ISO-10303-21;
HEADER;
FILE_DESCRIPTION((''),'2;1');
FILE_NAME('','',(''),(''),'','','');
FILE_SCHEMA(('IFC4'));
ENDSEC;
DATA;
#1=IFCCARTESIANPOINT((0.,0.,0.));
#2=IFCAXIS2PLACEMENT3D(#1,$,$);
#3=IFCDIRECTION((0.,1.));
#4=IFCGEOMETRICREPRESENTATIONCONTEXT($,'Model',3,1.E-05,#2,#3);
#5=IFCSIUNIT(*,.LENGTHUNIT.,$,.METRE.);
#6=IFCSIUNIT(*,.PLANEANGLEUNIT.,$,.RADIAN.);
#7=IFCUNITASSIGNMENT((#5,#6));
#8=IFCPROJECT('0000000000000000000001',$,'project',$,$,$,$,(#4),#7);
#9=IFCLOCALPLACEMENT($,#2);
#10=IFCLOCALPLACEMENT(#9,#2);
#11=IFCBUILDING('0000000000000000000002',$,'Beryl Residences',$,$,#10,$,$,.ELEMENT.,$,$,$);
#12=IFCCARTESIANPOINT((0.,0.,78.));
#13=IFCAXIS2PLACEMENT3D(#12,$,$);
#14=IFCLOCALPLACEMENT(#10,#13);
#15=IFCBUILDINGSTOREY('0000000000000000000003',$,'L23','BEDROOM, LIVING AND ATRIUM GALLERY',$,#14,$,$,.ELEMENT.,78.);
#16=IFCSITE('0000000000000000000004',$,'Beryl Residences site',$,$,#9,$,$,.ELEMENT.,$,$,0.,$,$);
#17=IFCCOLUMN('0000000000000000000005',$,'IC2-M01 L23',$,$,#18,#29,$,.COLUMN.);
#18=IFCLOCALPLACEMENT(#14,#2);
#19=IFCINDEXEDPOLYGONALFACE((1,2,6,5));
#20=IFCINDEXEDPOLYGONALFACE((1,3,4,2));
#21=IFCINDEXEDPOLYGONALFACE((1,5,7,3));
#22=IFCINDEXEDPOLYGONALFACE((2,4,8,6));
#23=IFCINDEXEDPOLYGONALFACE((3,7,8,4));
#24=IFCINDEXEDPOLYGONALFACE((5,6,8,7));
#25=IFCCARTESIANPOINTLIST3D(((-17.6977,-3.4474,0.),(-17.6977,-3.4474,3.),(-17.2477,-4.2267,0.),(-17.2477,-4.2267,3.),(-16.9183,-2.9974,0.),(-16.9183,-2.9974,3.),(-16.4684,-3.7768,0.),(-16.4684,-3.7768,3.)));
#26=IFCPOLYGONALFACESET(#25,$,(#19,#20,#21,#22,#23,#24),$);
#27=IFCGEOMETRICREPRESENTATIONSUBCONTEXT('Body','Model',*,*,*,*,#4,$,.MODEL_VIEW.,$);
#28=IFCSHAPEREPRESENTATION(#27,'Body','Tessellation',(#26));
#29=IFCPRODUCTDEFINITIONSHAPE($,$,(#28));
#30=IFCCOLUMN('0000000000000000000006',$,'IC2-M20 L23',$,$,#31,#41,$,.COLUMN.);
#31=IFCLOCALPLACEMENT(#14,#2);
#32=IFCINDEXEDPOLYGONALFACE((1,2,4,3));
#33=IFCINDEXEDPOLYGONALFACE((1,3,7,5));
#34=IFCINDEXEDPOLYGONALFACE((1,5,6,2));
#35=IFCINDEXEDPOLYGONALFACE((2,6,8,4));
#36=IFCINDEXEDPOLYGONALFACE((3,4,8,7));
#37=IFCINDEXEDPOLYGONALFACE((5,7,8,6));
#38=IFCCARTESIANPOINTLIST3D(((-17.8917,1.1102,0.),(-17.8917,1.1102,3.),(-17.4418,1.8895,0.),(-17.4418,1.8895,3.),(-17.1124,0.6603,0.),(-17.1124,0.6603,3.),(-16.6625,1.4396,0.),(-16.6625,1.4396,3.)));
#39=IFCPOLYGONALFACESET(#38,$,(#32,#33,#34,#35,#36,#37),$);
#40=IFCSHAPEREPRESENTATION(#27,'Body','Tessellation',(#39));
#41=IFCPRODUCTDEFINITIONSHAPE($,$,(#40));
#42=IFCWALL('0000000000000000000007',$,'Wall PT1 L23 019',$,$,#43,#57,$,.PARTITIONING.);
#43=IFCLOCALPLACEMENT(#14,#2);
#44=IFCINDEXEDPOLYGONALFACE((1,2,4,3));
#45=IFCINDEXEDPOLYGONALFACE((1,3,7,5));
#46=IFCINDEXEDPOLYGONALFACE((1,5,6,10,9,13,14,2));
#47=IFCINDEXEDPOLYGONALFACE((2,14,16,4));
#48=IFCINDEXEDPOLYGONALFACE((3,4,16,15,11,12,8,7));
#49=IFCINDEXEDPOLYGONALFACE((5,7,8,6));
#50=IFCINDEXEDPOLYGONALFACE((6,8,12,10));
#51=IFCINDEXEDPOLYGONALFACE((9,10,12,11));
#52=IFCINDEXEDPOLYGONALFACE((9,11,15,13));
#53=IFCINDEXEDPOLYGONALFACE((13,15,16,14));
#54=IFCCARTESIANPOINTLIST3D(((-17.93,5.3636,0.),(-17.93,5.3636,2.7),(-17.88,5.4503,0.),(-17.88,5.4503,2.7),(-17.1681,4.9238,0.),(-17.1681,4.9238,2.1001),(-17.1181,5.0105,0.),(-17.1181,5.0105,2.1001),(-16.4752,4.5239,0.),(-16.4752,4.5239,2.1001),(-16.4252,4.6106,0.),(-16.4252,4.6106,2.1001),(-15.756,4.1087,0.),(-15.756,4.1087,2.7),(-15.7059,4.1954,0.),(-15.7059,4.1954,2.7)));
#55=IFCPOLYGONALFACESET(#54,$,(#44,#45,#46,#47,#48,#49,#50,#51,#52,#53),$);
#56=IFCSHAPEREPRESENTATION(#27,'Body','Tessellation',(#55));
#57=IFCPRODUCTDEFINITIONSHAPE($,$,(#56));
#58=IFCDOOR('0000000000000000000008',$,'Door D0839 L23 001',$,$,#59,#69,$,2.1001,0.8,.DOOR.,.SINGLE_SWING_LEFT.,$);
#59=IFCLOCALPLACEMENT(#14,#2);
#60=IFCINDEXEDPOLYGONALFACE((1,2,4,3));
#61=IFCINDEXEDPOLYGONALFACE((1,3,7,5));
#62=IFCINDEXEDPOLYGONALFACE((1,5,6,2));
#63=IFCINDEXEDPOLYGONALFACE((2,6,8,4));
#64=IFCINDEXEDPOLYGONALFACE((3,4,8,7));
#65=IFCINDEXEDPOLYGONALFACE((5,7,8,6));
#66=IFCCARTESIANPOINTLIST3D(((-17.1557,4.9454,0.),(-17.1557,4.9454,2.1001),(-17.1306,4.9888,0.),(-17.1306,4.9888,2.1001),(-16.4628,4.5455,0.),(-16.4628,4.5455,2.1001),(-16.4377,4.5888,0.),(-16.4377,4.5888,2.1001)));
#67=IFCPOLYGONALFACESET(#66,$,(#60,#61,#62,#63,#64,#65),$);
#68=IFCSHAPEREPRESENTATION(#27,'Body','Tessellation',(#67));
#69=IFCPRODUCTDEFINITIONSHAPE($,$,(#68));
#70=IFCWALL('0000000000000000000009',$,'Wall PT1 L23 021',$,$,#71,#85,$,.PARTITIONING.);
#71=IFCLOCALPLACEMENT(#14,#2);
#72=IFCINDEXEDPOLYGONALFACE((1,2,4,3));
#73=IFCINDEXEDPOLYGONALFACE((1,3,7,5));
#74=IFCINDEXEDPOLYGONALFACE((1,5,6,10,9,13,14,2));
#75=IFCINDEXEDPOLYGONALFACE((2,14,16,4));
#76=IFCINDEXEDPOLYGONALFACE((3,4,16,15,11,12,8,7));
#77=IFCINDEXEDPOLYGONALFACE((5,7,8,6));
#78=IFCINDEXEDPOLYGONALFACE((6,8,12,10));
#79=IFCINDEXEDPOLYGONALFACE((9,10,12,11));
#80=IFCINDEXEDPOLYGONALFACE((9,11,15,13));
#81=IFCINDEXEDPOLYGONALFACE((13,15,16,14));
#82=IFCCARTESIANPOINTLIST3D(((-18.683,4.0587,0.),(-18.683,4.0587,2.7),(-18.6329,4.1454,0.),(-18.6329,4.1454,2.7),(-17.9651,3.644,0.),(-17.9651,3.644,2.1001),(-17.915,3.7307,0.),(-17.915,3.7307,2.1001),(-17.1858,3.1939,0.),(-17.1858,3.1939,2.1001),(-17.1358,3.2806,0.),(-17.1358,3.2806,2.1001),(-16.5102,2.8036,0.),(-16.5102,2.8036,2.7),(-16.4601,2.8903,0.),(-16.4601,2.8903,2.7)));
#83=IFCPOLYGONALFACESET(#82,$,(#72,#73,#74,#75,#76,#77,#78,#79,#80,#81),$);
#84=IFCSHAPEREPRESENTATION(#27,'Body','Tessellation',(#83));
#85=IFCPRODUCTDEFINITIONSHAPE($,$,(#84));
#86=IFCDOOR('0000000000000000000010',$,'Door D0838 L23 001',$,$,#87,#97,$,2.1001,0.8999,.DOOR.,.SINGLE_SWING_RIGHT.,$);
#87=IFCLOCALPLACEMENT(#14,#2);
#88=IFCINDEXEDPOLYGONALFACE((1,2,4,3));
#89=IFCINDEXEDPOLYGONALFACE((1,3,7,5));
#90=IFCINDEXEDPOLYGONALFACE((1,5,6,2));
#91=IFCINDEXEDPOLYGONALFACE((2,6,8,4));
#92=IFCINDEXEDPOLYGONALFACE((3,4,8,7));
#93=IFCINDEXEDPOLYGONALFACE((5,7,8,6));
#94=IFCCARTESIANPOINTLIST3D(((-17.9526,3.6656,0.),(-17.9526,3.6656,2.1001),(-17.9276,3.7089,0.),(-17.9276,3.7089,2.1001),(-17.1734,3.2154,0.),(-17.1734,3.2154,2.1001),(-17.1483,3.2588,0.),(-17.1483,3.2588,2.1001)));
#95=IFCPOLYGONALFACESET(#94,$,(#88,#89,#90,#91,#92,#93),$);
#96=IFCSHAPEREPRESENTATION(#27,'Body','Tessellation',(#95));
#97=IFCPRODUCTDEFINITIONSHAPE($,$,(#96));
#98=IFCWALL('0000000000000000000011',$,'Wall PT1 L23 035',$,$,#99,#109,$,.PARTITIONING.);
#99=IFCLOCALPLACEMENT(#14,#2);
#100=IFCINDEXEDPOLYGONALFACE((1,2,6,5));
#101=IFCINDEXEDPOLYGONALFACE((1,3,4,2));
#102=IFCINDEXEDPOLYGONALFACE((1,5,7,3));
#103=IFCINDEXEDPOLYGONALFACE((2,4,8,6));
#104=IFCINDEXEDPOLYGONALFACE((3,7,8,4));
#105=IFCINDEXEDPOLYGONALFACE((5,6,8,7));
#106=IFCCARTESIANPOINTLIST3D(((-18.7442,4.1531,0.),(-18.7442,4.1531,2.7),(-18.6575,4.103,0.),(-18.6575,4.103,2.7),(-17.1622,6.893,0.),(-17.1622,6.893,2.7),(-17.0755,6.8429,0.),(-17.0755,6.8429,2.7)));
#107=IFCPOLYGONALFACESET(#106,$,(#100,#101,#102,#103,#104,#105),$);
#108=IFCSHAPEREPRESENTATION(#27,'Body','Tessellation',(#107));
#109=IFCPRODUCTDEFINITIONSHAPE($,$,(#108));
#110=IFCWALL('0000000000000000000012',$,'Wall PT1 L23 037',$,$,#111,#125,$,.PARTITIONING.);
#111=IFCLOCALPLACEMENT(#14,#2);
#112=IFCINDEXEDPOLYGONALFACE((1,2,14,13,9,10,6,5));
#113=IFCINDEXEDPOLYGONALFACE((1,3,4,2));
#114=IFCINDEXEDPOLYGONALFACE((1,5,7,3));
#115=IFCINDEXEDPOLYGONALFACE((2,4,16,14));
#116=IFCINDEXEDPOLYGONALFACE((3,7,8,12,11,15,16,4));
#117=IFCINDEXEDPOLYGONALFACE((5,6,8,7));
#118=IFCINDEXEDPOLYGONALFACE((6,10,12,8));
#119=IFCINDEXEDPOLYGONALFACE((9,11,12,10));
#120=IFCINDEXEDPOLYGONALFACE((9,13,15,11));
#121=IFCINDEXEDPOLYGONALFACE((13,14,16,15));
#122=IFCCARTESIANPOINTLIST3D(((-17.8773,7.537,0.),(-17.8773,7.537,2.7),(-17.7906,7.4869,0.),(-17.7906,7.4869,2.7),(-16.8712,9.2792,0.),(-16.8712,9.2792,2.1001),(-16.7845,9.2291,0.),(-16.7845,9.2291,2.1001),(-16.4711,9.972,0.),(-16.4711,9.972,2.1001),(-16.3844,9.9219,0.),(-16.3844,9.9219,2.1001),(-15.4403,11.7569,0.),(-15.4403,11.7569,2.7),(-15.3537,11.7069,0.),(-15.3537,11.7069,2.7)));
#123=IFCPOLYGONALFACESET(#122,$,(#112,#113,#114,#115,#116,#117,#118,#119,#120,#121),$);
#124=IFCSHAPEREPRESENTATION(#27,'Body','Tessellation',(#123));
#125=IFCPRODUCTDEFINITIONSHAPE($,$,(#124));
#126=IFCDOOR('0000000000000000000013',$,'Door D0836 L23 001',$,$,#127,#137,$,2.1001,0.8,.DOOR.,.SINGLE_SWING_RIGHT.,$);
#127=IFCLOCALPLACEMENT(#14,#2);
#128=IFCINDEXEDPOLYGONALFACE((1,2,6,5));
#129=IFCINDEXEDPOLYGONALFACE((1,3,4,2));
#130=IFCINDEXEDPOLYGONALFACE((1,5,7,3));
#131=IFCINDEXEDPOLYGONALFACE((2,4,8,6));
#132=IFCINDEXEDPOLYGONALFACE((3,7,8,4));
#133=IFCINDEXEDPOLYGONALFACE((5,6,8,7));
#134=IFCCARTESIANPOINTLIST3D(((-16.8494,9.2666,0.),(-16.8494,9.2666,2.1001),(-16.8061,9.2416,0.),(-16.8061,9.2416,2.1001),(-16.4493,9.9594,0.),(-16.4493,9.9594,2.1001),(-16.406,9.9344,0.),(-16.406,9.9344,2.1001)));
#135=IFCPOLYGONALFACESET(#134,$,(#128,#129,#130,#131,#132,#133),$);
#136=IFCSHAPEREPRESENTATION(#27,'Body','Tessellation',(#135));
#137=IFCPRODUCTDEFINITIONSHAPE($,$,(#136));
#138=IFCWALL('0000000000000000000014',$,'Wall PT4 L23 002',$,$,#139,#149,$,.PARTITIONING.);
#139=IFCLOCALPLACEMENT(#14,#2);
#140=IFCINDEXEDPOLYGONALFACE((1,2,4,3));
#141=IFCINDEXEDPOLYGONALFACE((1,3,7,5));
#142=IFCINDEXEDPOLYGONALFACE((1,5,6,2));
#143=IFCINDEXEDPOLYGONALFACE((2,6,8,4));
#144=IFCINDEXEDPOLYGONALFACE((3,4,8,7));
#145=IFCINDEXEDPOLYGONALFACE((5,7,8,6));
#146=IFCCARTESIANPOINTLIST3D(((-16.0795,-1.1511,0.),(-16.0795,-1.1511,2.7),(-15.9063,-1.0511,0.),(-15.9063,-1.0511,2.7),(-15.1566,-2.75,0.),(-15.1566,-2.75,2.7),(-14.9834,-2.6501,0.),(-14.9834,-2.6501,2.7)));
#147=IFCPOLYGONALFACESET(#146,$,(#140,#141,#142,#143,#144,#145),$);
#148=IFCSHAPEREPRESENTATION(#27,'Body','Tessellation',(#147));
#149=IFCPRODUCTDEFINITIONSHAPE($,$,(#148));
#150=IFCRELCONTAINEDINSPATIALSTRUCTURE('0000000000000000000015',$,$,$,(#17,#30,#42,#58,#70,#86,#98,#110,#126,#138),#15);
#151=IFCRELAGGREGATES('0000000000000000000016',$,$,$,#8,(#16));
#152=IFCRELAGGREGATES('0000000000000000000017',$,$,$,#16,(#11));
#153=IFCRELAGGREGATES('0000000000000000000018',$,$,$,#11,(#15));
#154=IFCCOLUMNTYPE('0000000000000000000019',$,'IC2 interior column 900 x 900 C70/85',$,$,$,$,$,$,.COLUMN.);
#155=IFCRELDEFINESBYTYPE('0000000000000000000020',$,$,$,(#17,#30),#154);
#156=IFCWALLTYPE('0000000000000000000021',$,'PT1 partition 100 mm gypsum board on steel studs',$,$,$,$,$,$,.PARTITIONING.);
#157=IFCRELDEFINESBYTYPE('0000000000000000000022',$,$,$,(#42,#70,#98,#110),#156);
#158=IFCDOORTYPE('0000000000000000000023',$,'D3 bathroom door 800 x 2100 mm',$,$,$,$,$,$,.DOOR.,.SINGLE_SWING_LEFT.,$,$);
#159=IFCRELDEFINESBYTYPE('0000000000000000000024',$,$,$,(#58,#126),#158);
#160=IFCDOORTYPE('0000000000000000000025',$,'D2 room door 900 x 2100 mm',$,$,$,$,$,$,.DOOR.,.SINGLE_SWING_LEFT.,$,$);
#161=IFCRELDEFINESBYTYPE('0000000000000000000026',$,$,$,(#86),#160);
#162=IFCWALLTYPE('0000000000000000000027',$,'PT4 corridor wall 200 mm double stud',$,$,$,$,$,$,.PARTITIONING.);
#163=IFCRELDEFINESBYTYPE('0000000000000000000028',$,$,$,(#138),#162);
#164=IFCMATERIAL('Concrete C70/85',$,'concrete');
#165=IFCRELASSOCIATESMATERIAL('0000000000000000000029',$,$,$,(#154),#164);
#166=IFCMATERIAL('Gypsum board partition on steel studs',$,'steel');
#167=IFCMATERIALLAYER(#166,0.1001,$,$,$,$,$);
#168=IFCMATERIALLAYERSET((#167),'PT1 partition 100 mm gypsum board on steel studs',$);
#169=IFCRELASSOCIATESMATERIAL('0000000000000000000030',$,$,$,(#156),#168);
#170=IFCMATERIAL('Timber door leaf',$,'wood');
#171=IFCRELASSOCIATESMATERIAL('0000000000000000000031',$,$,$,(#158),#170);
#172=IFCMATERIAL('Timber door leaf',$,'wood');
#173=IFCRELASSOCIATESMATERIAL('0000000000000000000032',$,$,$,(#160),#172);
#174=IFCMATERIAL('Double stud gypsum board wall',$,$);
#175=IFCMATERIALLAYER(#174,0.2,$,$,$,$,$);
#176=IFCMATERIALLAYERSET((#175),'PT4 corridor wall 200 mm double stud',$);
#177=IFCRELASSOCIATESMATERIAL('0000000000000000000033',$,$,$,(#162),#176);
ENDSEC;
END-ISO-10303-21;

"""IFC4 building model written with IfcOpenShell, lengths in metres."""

from ifc_helpers import new_model, si_unit, direction, frame, frame_2d, origin, origin_2d, place, context, subcontext, project, spatial, rectangle, extrude, material, layer, layer_set, material_profile, profile_set, type_object, element, fill, save


model = new_model("IFC4")

# Units and contexts
model_context = context("Model", 3, precision=1e-05, world=origin(), true_north=direction((0.0, 1.0)))
body_context = subcontext(model_context, "Body", "Model", "MODEL_VIEW")
ifc_project = project(units=[si_unit("LENGTHUNIT", "METRE"), si_unit("PLANEANGLEUNIT", "RADIAN")], contexts=[model_context])

# Site, building, storey
site_placement = place(None, origin())
site = spatial("IfcSite", under=ifc_project, at=site_placement, Name="Beryl Residences site", CompositionType="ELEMENT", RefElevation=0.0)
building_placement = place(site_placement, origin())
building = spatial("IfcBuilding", under=site, at=building_placement, Name="Beryl Residences", CompositionType="ELEMENT")
storey_placement = place(building_placement, frame((0.0, 0.0, 78.0)))
storey = spatial("IfcBuildingStorey", under=building, at=storey_placement, Name="L23", Description="BEDROOM, LIVING AND ATRIUM GALLERY", CompositionType="ELEMENT", Elevation=78.0)

# Columns
ifc_material_1 = material(Name="Concrete C70/85", Category="concrete")
ifc_material_profile = material_profile(ifc_material_1, rectangle(XDim=0.8999, YDim=0.8999, at=origin_2d()))
ifc_profile_set = profile_set([ifc_material_profile], Name="Concrete C70/85")
column_type = type_object("IfcColumnType", Name="IC2 interior column 900 x 900 C70/85", PredefinedType="COLUMN", material=ifc_profile_set)
for number, where, z_axis, x_axis, name in (
    (1, (-17.083, -3.6121, 0.0), (0.0, 0.0, 1.0), (0.5, -0.866025, 0.0), "IC2-M01 L23"),
    (2, (-17.2771, 1.2749, 0.0), (0.0, 0.0, 1.0), (-0.5, -0.866025, 0.0), "IC2-M20 L23"),
):
    element("IfcColumn", number, at=place(storey_placement, frame(where, z_axis=z_axis, x_axis=x_axis)), inside=storey, type_object=column_type, Name=name, PredefinedType="COLUMN", context=body_context, shape_type="SweptSolid", body=[
        extrude(rectangle(XDim=0.8999, YDim=0.8999, at=origin_2d()), origin(), (0.0, 0.0, 1.0), 3.0),
    ])

# Walls, openings, doors
ifc_material_2 = material(Name="Gypsum board partition on steel studs", Category="steel")
ifc_layer_1 = layer(ifc_material_2, 0.1001)
ifc_layer_set_1 = layer_set([ifc_layer_1], Name="PT1 partition 100 mm gypsum board on steel studs")
wall_type_1 = type_object("IfcWallType", Name="PT1 partition 100 mm gypsum board on steel studs", PredefinedType="PARTITIONING", material=ifc_layer_set_1)
wall_1_placement = place(storey_placement, frame((-17.905, 5.407, 0.0), z_axis=(0.0, 0.0, 1.0), x_axis=(0.86608, -0.499905, 0.0)))
wall_1 = element("IfcWall", 3, at=wall_1_placement, inside=storey, type_object=wall_type_1, Name="Wall PT1 L23 019", PredefinedType="PARTITIONING", context=body_context, shape_type="SweptSolid", body=[
    extrude(rectangle(XDim=2.5103, YDim=0.1001, at=frame_2d((1.2551, 0.0))), origin(), (0.0, 0.0, 1.0), 2.7),
])
opening_1_placement = place(wall_1_placement, frame((0.8799, 0.0, 0.0)))
opening_1 = element("IfcOpeningElement", 4, at=opening_1_placement, cuts=wall_1, PredefinedType="OPENING", context=body_context, shape_type="SweptSolid", body=[
    extrude(rectangle(XDim=0.8, YDim=2.1001, at=frame_2d((0.3999, 1.05))), frame((0.0, 0.0601, 0.0), z_axis=(0.0, -1.0, 0.0), x_axis=(1.0, 0.0, 0.0)), (0.0, 0.0, 1.0), 0.1201),
])
ifc_material_3 = material(Name="Timber door leaf", Category="wood")
door_type_1 = type_object("IfcDoorType", Name="D3 bathroom door 800 x 2100 mm", OperationType="SINGLE_SWING_LEFT", PredefinedType="DOOR", material=ifc_material_3)
door_1_placement = place(opening_1_placement, origin())
door_1 = element("IfcDoor", 5, at=door_1_placement, inside=storey, type_object=door_type_1, Name="Door D0839 L23 001", OperationType="SINGLE_SWING_LEFT", OverallHeight=2.1001, OverallWidth=0.8, PredefinedType="DOOR", context=body_context, shape_type="SweptSolid", body=[
    extrude(rectangle(XDim=0.8, YDim=2.1001, at=frame_2d((0.3999, 1.05))), frame((0.0, 0.0249, 0.0), z_axis=(0.0, -1.0, 0.0), x_axis=(1.0, 0.0, 0.0)), (0.0, 0.0, 1.0), 0.05),
])
fill(opening_1, door_1)
wall_2_placement = place(storey_placement, frame((-18.658, 4.1021, 0.0), z_axis=(0.0, 0.0, 1.0), x_axis=(0.865917, -0.500188, 0.0)))
wall_2 = element("IfcWall", 6, at=wall_2_placement, inside=storey, type_object=wall_type_1, Name="Wall PT1 L23 021", PredefinedType="PARTITIONING", context=body_context, shape_type="SweptSolid", body=[
    extrude(rectangle(XDim=2.5093, YDim=0.1001, at=frame_2d((1.2546, 0.0))), origin(), (0.0, 0.0, 1.0), 2.7),
])
opening_2_placement = place(wall_2_placement, frame((0.8291, 0.0, 0.0)))
opening_2 = element("IfcOpeningElement", 7, at=opening_2_placement, cuts=wall_2, PredefinedType="OPENING", context=body_context, shape_type="SweptSolid", body=[
    extrude(rectangle(XDim=0.8999, YDim=2.1001, at=frame_2d((0.45, 1.05))), frame((0.0, 0.0601, 0.0), z_axis=(0.0, -1.0, 0.0), x_axis=(1.0, 0.0, 0.0)), (0.0, 0.0, 1.0), 0.1201),
])
ifc_material_4 = material(Name="Timber door leaf", Category="wood")
door_type_2 = type_object("IfcDoorType", Name="D2 room door 900 x 2100 mm", OperationType="SINGLE_SWING_LEFT", PredefinedType="DOOR", material=ifc_material_4)
door_2_placement = place(opening_2_placement, origin())
door_2 = element("IfcDoor", 8, at=door_2_placement, inside=storey, type_object=door_type_2, Name="Door D0838 L23 001", OperationType="SINGLE_SWING_RIGHT", OverallHeight=2.1001, OverallWidth=0.8999, PredefinedType="DOOR", context=body_context, shape_type="SweptSolid", body=[
    extrude(rectangle(XDim=0.8999, YDim=2.1001, at=frame_2d((0.45, 1.05))), frame((0.0, 0.0249, 0.0), z_axis=(0.0, -1.0, 0.0), x_axis=(1.0, 0.0, 0.0)), (0.0, 0.0, 1.0), 0.05),
])
fill(opening_2, door_2)

# Wall
wall_3_placement = place(storey_placement, frame((-18.7009, 4.1279, 0.0), z_axis=(0.0, 0.0, 1.0), x_axis=(0.500023, 0.866012, 0.0)))
element("IfcWall", 9, at=wall_3_placement, inside=storey, type_object=wall_type_1, Name="Wall PT1 L23 035", PredefinedType="PARTITIONING", context=body_context, shape_type="SweptSolid", body=[
    extrude(rectangle(XDim=3.1638, YDim=0.1001, at=frame_2d((1.582, 0.0))), origin(), (0.0, 0.0, 1.0), 2.7),
])

# Wall, opening, door
wall_4_placement = place(storey_placement, frame((-17.834, 7.512, 0.0), z_axis=(0.0, 0.0, 1.0), x_axis=(0.500094, 0.865971, 0.0)))
wall_4 = element("IfcWall", 10, at=wall_4_placement, inside=storey, type_object=wall_type_1, Name="Wall PT1 L23 037", PredefinedType="PARTITIONING", context=body_context, shape_type="SweptSolid", body=[
    extrude(rectangle(XDim=4.873, YDim=0.1001, at=frame_2d((2.4365, 0.0))), origin(), (0.0, 0.0, 1.0), 2.7),
])
opening_3_placement = place(wall_4_placement, frame((2.012, 0.0, 0.0)))
opening_3 = element("IfcOpeningElement", 11, at=opening_3_placement, cuts=wall_4, PredefinedType="OPENING", context=body_context, shape_type="SweptSolid", body=[
    extrude(rectangle(XDim=0.8, YDim=2.1001, at=frame_2d((0.3999, 1.05))), frame((0.0, 0.0601, 0.0), z_axis=(0.0, -1.0, 0.0), x_axis=(1.0, 0.0, 0.0)), (0.0, 0.0, 1.0), 0.1201),
])
door_3_placement = place(opening_3_placement, origin())
door_3 = element("IfcDoor", 12, at=door_3_placement, inside=storey, type_object=door_type_1, Name="Door D0836 L23 001", OperationType="SINGLE_SWING_RIGHT", OverallHeight=2.1001, OverallWidth=0.8, PredefinedType="DOOR", context=body_context, shape_type="SweptSolid", body=[
    extrude(rectangle(XDim=0.8, YDim=2.1001, at=frame_2d((0.3999, 1.05))), frame((0.0, 0.0249, 0.0), z_axis=(0.0, -1.0, 0.0), x_axis=(1.0, 0.0, 0.0)), (0.0, 0.0, 1.0), 0.05),
])
fill(opening_3, door_3)

# Wall
ifc_material_5 = material(Name="Double stud gypsum board wall")
ifc_layer_2 = layer(ifc_material_5, 0.2)
ifc_layer_set_2 = layer_set([ifc_layer_2], Name="PT4 corridor wall 200 mm double stud")
wall_type_2 = type_object("IfcWallType", Name="PT4 corridor wall 200 mm double stud", PredefinedType="PARTITIONING", material=ifc_layer_set_2)
wall_5_placement = place(storey_placement, frame((-15.9929, -1.1011, 0.0), z_axis=(0.0, 0.0, 1.0), x_axis=(0.499894, -0.866086, 0.0)))
element("IfcWall", 13, at=wall_5_placement, inside=storey, type_object=wall_type_2, Name="Wall PT4 L23 002", PredefinedType="PARTITIONING", context=body_context, shape_type="SweptSolid", body=[
    extrude(rectangle(XDim=1.8462, YDim=0.2, at=frame_2d((0.9231, 0.0))), origin(), (0.0, 0.0, 1.0), 2.7),
])

save(model, "model.ifc")
